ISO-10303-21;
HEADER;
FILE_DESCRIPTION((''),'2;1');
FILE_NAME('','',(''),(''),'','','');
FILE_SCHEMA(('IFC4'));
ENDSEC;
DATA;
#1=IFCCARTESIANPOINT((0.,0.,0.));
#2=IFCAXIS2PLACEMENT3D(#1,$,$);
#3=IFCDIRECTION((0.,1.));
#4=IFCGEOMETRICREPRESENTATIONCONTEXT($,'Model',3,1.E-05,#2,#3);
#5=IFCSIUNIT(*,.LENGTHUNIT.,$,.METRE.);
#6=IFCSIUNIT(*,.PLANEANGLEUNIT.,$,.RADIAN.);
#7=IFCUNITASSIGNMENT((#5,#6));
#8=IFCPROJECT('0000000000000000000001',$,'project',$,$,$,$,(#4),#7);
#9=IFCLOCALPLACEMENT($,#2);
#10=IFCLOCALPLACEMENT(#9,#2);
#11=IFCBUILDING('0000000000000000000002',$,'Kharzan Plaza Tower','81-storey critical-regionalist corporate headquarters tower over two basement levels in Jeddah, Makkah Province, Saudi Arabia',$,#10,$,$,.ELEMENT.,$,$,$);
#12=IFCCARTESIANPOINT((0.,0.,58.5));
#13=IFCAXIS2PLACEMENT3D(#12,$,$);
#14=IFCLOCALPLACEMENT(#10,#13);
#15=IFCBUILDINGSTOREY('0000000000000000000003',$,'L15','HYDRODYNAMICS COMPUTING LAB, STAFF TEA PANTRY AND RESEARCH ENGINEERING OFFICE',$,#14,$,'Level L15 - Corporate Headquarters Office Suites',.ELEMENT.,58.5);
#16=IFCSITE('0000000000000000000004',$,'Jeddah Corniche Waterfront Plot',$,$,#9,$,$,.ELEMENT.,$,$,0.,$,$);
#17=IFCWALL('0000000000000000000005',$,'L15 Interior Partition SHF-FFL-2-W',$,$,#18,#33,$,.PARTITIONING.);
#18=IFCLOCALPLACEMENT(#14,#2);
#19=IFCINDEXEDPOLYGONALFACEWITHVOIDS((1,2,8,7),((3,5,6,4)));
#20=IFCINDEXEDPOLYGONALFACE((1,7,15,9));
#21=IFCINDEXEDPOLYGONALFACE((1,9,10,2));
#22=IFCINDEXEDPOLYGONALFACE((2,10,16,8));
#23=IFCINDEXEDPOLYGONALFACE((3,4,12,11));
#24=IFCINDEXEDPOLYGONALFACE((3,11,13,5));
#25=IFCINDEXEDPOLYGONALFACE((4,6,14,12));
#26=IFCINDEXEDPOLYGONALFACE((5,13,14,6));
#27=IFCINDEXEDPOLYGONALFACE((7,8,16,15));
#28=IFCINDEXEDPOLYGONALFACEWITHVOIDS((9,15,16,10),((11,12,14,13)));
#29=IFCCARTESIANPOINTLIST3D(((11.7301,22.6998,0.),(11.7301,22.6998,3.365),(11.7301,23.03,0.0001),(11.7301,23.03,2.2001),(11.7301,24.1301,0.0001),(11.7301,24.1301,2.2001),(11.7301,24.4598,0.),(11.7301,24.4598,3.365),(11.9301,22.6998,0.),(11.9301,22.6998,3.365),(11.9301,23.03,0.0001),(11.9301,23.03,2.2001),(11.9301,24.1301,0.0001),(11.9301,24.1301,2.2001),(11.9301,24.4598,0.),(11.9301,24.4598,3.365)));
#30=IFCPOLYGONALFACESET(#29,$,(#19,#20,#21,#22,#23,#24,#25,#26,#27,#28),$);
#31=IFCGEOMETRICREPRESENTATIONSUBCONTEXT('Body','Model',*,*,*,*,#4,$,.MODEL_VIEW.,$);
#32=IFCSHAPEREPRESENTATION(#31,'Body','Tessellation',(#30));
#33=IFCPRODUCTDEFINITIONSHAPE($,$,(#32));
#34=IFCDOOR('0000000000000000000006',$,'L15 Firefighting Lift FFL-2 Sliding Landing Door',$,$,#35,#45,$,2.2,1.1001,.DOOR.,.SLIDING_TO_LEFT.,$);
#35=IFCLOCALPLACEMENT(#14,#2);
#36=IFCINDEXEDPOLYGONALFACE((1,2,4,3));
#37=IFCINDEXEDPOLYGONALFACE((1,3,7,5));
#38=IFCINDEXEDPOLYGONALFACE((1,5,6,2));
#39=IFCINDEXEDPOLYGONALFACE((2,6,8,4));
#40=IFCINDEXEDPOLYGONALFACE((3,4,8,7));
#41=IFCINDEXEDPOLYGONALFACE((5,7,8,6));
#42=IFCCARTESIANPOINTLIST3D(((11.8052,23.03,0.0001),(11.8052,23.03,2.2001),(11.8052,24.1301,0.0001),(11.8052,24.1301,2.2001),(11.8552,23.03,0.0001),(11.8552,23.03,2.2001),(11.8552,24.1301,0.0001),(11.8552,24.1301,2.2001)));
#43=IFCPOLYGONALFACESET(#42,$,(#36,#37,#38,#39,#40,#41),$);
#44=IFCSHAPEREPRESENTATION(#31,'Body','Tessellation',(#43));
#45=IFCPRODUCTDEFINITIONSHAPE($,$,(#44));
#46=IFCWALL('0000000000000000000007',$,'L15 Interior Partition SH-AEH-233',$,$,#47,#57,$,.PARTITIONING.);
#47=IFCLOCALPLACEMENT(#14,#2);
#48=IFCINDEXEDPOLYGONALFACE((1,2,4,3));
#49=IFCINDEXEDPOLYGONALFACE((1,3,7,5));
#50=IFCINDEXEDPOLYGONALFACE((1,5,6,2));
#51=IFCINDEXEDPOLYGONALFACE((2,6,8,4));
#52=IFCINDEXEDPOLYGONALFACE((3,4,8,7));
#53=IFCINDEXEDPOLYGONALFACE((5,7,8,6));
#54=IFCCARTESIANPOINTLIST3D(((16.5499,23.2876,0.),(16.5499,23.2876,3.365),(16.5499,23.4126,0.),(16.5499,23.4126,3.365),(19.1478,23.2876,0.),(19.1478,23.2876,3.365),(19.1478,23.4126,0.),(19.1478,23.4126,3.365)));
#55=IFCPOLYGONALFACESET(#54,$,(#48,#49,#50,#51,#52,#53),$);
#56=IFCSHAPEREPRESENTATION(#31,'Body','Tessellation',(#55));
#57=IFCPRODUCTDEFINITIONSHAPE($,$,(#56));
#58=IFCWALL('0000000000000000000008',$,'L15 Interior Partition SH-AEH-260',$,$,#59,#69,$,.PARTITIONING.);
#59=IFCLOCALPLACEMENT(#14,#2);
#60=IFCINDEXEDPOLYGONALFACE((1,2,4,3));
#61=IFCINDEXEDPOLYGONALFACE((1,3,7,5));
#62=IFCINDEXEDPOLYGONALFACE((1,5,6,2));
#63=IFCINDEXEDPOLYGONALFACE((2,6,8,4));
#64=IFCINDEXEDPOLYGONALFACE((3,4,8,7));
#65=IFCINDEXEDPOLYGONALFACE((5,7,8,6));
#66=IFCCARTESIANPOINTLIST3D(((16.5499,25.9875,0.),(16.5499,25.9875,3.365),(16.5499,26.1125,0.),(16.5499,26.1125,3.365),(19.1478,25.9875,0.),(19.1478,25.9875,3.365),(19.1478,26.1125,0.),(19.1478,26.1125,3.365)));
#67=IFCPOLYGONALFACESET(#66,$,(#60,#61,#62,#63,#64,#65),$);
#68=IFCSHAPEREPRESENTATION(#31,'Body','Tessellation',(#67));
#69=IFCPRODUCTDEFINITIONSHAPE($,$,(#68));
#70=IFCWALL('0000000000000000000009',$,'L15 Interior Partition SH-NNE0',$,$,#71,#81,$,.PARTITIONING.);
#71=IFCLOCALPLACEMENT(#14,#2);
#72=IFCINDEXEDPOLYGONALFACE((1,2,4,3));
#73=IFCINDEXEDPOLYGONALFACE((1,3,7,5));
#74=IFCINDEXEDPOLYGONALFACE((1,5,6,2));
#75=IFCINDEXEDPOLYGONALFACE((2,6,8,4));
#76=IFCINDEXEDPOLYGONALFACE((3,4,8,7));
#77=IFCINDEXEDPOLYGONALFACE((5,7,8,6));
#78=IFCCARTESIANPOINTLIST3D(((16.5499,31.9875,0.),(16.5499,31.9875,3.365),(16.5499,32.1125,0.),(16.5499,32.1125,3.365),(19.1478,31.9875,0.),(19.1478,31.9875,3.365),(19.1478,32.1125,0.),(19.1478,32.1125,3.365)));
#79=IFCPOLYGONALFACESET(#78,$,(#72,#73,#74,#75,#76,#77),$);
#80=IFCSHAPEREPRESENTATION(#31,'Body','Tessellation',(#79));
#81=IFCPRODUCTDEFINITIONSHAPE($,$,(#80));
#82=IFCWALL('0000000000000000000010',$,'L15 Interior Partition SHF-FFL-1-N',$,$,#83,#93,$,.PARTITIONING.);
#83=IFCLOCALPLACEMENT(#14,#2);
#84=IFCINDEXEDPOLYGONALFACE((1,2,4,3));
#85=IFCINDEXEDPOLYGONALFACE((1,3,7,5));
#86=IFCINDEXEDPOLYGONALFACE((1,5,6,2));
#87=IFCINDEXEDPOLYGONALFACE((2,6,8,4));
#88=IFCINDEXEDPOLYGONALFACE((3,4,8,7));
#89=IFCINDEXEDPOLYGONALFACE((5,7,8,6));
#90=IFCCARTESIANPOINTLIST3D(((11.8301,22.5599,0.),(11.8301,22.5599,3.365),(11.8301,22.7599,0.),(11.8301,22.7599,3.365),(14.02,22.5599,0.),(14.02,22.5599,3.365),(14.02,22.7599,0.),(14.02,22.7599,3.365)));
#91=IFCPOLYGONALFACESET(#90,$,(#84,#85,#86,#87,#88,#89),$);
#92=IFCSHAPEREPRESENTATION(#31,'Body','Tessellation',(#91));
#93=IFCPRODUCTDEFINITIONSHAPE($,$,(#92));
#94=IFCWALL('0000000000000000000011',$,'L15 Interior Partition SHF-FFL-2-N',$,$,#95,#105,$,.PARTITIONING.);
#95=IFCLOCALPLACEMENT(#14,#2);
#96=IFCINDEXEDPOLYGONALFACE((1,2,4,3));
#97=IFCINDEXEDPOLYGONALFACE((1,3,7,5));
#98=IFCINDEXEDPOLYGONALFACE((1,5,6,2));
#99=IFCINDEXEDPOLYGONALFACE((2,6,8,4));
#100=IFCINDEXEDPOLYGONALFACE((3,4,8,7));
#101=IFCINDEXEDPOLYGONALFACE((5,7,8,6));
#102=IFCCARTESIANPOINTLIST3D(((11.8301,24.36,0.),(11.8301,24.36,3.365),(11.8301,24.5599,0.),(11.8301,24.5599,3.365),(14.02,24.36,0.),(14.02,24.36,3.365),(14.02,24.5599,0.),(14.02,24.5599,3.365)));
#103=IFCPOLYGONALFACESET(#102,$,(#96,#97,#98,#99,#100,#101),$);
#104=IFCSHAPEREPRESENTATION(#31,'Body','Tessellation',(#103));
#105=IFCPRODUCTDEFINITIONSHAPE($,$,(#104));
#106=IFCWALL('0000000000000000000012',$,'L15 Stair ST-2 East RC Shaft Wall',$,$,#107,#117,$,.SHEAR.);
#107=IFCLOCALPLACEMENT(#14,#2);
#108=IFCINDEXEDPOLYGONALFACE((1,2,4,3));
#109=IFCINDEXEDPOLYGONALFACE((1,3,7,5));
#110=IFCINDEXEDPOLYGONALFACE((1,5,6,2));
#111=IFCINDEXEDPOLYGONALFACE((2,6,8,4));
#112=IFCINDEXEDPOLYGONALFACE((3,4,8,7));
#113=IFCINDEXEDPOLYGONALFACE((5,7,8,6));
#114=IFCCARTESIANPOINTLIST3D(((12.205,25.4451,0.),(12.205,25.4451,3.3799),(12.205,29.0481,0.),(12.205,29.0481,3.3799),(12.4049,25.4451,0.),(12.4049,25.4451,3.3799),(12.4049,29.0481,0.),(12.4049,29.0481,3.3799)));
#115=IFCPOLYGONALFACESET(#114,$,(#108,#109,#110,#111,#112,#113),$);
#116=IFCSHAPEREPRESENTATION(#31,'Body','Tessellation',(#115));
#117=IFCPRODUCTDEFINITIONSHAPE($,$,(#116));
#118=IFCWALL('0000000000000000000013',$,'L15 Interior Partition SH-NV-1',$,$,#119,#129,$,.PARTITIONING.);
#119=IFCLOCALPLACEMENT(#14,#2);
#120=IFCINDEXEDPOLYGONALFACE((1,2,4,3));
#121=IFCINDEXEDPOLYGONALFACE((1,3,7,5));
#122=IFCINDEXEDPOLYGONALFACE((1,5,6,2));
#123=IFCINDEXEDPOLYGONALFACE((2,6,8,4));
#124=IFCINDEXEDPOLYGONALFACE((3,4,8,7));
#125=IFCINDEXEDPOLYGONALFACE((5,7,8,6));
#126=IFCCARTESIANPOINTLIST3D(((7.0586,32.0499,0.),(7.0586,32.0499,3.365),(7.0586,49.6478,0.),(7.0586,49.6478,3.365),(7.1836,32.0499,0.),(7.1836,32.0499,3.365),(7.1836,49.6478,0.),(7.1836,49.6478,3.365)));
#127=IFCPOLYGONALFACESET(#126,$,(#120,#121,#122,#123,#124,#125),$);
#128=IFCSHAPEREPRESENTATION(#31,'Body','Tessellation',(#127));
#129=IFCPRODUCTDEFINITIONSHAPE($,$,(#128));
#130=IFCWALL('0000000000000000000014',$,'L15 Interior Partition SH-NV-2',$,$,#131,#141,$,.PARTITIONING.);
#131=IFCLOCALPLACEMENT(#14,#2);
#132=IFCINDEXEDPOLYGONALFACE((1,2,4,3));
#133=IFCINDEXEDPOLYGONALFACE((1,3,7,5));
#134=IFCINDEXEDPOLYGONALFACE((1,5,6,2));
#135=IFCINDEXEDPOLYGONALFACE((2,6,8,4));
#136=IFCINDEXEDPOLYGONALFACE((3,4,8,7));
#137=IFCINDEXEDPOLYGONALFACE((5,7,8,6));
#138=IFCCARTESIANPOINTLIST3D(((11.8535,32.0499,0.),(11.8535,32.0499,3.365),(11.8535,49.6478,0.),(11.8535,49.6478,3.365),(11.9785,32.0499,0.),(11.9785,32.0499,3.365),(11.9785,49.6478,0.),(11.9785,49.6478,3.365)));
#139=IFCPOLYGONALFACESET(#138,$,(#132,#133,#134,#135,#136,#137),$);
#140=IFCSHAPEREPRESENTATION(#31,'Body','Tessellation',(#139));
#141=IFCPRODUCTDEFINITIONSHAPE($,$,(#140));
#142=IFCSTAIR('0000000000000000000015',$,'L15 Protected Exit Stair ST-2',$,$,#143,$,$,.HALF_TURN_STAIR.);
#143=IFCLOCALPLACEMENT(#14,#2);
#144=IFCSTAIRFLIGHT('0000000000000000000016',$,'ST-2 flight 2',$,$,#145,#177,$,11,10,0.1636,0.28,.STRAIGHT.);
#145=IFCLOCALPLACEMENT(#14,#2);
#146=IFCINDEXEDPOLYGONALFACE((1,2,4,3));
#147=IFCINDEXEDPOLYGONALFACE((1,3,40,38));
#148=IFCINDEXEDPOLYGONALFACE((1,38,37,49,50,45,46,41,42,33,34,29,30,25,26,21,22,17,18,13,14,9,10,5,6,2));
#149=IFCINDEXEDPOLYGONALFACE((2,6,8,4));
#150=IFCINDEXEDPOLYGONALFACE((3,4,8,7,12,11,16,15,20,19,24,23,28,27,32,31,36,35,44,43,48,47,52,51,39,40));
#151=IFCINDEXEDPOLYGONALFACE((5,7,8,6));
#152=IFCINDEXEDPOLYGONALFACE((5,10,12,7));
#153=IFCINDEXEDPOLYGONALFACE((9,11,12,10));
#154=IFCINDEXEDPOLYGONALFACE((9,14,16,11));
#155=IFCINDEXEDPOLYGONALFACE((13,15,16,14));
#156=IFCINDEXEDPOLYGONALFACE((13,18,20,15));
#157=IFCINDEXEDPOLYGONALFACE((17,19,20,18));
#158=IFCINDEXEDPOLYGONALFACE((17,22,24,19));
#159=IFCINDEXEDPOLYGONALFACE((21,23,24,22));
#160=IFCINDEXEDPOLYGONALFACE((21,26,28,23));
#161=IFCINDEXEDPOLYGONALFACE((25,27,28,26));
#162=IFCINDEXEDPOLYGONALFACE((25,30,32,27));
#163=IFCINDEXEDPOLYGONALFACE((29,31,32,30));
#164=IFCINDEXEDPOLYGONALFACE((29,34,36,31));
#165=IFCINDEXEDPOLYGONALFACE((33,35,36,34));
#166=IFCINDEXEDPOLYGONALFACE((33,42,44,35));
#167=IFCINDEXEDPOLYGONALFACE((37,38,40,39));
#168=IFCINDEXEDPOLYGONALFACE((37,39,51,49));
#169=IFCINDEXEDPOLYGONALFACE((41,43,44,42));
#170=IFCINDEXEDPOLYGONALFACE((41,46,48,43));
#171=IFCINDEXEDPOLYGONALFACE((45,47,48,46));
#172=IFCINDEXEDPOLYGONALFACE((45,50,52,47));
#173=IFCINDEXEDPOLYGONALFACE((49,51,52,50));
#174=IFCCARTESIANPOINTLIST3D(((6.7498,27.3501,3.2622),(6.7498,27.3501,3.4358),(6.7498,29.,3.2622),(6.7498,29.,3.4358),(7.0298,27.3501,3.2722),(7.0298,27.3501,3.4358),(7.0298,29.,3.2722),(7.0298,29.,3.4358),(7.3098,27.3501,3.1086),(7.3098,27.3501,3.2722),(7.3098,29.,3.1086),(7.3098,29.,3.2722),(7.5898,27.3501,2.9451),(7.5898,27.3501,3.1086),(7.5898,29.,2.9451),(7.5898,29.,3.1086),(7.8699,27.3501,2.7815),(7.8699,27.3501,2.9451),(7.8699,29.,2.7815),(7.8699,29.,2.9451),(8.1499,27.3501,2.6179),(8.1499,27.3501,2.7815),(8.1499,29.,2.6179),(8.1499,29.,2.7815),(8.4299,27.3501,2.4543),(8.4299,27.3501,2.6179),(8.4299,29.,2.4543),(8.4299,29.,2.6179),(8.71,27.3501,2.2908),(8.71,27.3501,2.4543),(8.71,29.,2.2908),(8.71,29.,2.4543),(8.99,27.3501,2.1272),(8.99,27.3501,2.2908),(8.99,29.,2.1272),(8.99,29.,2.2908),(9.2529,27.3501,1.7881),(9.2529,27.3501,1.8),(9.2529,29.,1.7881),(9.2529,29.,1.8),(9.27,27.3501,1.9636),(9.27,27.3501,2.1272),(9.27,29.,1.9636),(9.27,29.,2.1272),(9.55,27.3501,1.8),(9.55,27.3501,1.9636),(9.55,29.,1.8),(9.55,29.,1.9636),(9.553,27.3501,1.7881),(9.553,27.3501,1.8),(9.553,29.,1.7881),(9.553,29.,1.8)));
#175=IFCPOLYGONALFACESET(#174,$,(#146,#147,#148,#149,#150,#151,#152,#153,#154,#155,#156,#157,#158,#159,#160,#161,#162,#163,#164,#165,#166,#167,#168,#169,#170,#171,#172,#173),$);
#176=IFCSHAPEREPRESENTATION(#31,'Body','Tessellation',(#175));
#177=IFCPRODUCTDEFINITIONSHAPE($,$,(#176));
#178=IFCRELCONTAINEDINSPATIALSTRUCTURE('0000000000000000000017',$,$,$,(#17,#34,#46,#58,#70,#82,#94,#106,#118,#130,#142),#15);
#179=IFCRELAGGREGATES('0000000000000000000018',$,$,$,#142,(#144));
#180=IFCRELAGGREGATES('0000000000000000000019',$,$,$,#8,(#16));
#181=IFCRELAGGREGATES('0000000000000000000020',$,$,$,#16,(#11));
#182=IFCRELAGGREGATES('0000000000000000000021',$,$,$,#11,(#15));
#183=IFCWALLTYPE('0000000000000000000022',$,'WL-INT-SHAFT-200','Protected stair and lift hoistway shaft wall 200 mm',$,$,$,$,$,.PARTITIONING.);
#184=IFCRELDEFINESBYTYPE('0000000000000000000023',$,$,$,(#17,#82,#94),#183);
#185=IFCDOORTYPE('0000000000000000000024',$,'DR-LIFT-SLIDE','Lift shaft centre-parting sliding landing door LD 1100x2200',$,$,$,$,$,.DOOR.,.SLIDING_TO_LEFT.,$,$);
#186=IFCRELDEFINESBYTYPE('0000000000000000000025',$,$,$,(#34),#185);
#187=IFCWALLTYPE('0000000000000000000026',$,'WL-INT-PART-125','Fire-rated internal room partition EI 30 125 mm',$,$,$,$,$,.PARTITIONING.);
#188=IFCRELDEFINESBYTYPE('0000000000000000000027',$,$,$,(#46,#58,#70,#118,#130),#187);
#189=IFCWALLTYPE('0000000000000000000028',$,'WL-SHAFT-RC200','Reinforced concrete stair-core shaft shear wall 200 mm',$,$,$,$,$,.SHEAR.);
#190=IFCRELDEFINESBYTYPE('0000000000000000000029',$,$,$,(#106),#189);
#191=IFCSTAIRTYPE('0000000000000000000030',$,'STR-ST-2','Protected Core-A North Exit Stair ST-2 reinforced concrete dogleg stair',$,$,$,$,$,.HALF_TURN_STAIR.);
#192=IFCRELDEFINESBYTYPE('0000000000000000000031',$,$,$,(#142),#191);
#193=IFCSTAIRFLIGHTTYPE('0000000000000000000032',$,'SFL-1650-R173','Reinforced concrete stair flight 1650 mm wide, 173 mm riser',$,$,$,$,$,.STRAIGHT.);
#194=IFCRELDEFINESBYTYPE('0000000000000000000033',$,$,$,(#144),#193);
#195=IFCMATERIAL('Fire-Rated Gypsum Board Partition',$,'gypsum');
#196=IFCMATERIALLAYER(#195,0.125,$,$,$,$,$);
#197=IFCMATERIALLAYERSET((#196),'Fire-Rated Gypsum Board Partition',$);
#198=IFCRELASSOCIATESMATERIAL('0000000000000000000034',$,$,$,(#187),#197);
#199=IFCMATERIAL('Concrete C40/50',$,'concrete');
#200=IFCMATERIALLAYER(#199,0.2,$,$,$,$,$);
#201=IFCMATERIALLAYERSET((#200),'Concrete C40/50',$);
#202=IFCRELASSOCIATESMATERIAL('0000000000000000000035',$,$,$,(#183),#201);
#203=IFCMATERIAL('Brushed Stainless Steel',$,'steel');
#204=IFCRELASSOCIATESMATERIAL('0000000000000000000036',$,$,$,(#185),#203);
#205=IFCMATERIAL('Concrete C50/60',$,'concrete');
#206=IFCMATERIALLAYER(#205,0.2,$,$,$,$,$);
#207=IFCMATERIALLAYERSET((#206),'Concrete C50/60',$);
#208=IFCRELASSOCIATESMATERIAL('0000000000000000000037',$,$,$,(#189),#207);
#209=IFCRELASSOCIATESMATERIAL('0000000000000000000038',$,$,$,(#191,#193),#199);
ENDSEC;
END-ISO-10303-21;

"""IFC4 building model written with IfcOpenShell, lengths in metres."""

from ifc_helpers import new_model, si_unit, direction, frame, frame_2d, origin, place, context, subcontext, project, spatial, polyline, rectangle, outline, extrude, source, transform, mapped, material, layer, layer_set, type_object, element, fill, aggregate, save


model = new_model("IFC4")

# Units and contexts
model_context = context("Model", 3, precision=1e-05, world=origin(), true_north=direction((0.0, 1.0)))
body_context = subcontext(model_context, "Body", "Model", "MODEL_VIEW")
ifc_project = project(units=[si_unit("LENGTHUNIT", "METRE"), si_unit("PLANEANGLEUNIT", "RADIAN")], contexts=[model_context])

# Site, building, storey
site_placement = place(None, origin())
site = spatial("IfcSite", under=ifc_project, at=site_placement, Name="Jeddah Corniche Waterfront Plot", CompositionType="ELEMENT", RefElevation=0.0)
building_placement = place(site_placement, origin())
building = spatial("IfcBuilding", under=site, at=building_placement, Name="Kharzan Plaza Tower", Description="81-storey critical-regionalist corporate headquarters tower over two basement levels in Jeddah, Makkah Province, Saudi Arabia", CompositionType="ELEMENT")
storey_placement = place(building_placement, frame((0.0, 0.0, 58.5)))
storey = spatial("IfcBuildingStorey", under=building, at=storey_placement, Name="L15", Description="HYDRODYNAMICS COMPUTING LAB, STAFF TEA PANTRY AND RESEARCH ENGINEERING OFFICE", LongName="Level L15 - Corporate Headquarters Office Suites", CompositionType="ELEMENT", Elevation=58.5)

# Wall, opening, door
ifc_material_1 = material(Name="Fire-Rated Gypsum Board Partition", Category="gypsum")
ifc_layer_1 = layer(ifc_material_1, 0.125)
ifc_layer_set_1 = layer_set([ifc_layer_1], Name="Fire-Rated Gypsum Board Partition")
wall_type_1 = type_object("IfcWallType", Name="WL-INT-PART-125", Description="Fire-rated internal room partition EI 30 125 mm", PredefinedType="PARTITIONING", material=ifc_layer_set_1)
ifc_material_2 = material(Name="Concrete C40/50", Category="concrete")
ifc_layer_2 = layer(ifc_material_2, 0.2)
ifc_layer_set_2 = layer_set([ifc_layer_2], Name="Concrete C40/50")
wall_type_2 = type_object("IfcWallType", Name="WL-INT-SHAFT-200", Description="Protected stair and lift hoistway shaft wall 200 mm", PredefinedType="PARTITIONING", material=ifc_layer_set_2)
wall_1_placement = place(storey_placement, frame((11.8301, 22.7, 0.0), z_axis=(0.0, 0.0, 1.0), x_axis=(0.0, 1.0, 0.0)))
wall_1 = element("IfcWall", 1, at=wall_1_placement, inside=storey, type_object=wall_type_2, Name="L15 Interior Partition SHF-FFL-2-W", PredefinedType="PARTITIONING", context=body_context, shape_type="SweptSolid", body=[
    extrude(rectangle(XDim=1.76, YDim=0.2, at=frame_2d((0.8799, 0.0))), origin(), (0.0, 0.0, 1.0), 3.365),
])
opening_1_placement = place(wall_1_placement, frame((0.3301, 0.0, 0.0)))
opening_1 = element("IfcOpeningElement", 2, at=opening_1_placement, cuts=wall_1, PredefinedType="OPENING", context=body_context, shape_type="SweptSolid", body=[
    extrude(rectangle(XDim=1.1001, YDim=2.2, at=frame_2d((0.55, 1.1001))), frame((0.0, 0.1099, 0.0), z_axis=(0.0, -1.0, 0.0), x_axis=(1.0, 0.0, 0.0)), (0.0, 0.0, 1.0), 0.22),
])
ifc_material_3 = material(Name="Brushed Stainless Steel", Category="steel")
door_type_1 = type_object("IfcDoorType", Name="DR-LIFT-SLIDE", Description="Lift shaft centre-parting sliding landing door LD 1100x2200", OperationType="SLIDING_TO_LEFT", PredefinedType="DOOR", material=ifc_material_3)
shared_shape_1 = source(origin(), body_context, "Body", "SweptSolid", [
    extrude(rectangle(XDim=1.1001, YDim=2.2, at=frame_2d((0.55, 1.1001))), frame((0.0, 0.0249, 0.0), z_axis=(0.0, -1.0, 0.0), x_axis=(1.0, 0.0, 0.0)), (0.0, 0.0, 1.0), 0.05),
])
door_1_placement = place(opening_1_placement, origin())
door_1 = element("IfcDoor", 3, at=door_1_placement, inside=storey, type_object=door_type_1, Name="L15 Firefighting Lift FFL-2 Sliding Landing Door", OperationType="SLIDING_TO_LEFT", OverallHeight=2.2, OverallWidth=1.1001, PredefinedType="DOOR", context=body_context, shape_type="MappedRepresentation", body=[
    mapped(shared_shape_1, transform((0.0, 0.0, 0.0), x_axis=(1.0, 0.0, 0.0), y_axis=(0.0, 1.0, 0.0), z_axis=(0.0, 0.0, 1.0))),
])
fill(opening_1, door_1)

# Walls
shared_shape_2 = source(origin(), body_context, "Body", "SweptSolid", [
    extrude(rectangle(XDim=2.5979, YDim=0.125, at=frame_2d((1.2988, 0.0))), origin(), (0.0, 0.0, 1.0), 3.365),
])
for number, where, z_axis, x_axis, name in (
    (4, (16.55, 23.3501, 0.0), (0.0, 0.0, 1.0), (1.0, 0.0, 0.0), "L15 Interior Partition SH-AEH-233"),
    (5, (16.55, 26.05, 0.0), (0.0, 0.0, 1.0), (1.0, 0.0, 0.0), "L15 Interior Partition SH-AEH-260"),
    (6, (16.55, 32.05, 0.0), (0.0, 0.0, 1.0), (1.0, 0.0, 0.0), "L15 Interior Partition SH-NNE0"),
):
    element("IfcWall", number, at=place(storey_placement, frame(where, z_axis=z_axis, x_axis=x_axis)), inside=storey, type_object=wall_type_1, Name=name, PredefinedType="PARTITIONING", context=body_context, shape_type="MappedRepresentation", body=[
        mapped(shared_shape_2, transform((0.0, 0.0, 0.0), x_axis=(1.0, 0.0, 0.0), y_axis=(0.0, 1.0, 0.0), z_axis=(0.0, 0.0, 1.0))),
    ])
shared_shape_3 = source(origin(), body_context, "Body", "SweptSolid", [
    extrude(rectangle(XDim=2.1899, YDim=0.2, at=frame_2d((1.095, 0.0))), origin(), (0.0, 0.0, 1.0), 3.365),
])
for number, where, z_axis, x_axis, name in (
    (7, (11.8301, 22.6599, 0.0), (0.0, 0.0, 1.0), (1.0, 0.0, 0.0), "L15 Interior Partition SHF-FFL-1-N"),
    (8, (11.8301, 24.46, 0.0), (0.0, 0.0, 1.0), (1.0, 0.0, 0.0), "L15 Interior Partition SHF-FFL-2-N"),
):
    element("IfcWall", number, at=place(storey_placement, frame(where, z_axis=z_axis, x_axis=x_axis)), inside=storey, type_object=wall_type_2, Name=name, PredefinedType="PARTITIONING", context=body_context, shape_type="MappedRepresentation", body=[
        mapped(shared_shape_3, transform((0.0, 0.0, 0.0), x_axis=(1.0, 0.0, 0.0), y_axis=(0.0, 1.0, 0.0), z_axis=(0.0, 0.0, 1.0))),
    ])
ifc_material_4 = material(Name="Concrete C50/60", Category="concrete")
ifc_layer_3 = layer(ifc_material_4, 0.2)
ifc_layer_set_3 = layer_set([ifc_layer_3], Name="Concrete C50/60")
wall_type_3 = type_object("IfcWallType", Name="WL-SHAFT-RC200", Description="Reinforced concrete stair-core shaft shear wall 200 mm", PredefinedType="SHEAR", material=ifc_layer_set_3)
shared_shape_4 = source(origin(), body_context, "Body", "SweptSolid", [
    extrude(rectangle(XDim=3.603, YDim=0.2, at=frame_2d((1.8015, 0.0))), origin(), (0.0, 0.0, 1.0), 3.3799),
])
wall_2_placement = place(storey_placement, frame((12.3049, 25.4451, 0.0), z_axis=(0.0, 0.0, 1.0), x_axis=(0.0, 1.0, 0.0)))
element("IfcWall", 9, at=wall_2_placement, inside=storey, type_object=wall_type_3, Name="L15 Stair ST-2 East RC Shaft Wall", PredefinedType="SHEAR", context=body_context, shape_type="MappedRepresentation", body=[
    mapped(shared_shape_4, transform((0.0, 0.0, 0.0), x_axis=(1.0, 0.0, 0.0), y_axis=(0.0, 1.0, 0.0), z_axis=(0.0, 0.0, 1.0))),
])
shared_shape_5 = source(origin(), body_context, "Body", "SweptSolid", [
    extrude(rectangle(XDim=17.5979, YDim=0.125, at=frame_2d((8.7988, 0.0))), origin(), (0.0, 0.0, 1.0), 3.365),
])
for number, where, z_axis, x_axis, name in (
    (10, (7.1211, 32.05, 0.0), (0.0, 0.0, 1.0), (0.0, 1.0, 0.0), "L15 Interior Partition SH-NV-1"),
    (11, (11.916, 32.05, 0.0), (0.0, 0.0, 1.0), (0.0, 1.0, 0.0), "L15 Interior Partition SH-NV-2"),
):
    element("IfcWall", number, at=place(storey_placement, frame(where, z_axis=z_axis, x_axis=x_axis)), inside=storey, type_object=wall_type_1, Name=name, PredefinedType="PARTITIONING", context=body_context, shape_type="MappedRepresentation", body=[
        mapped(shared_shape_5, transform((0.0, 0.0, 0.0), x_axis=(1.0, 0.0, 0.0), y_axis=(0.0, 1.0, 0.0), z_axis=(0.0, 0.0, 1.0))),
    ])

# Stair, stair flight
stair_type = type_object("IfcStairType", Name="STR-ST-2", Description="Protected Core-A North Exit Stair ST-2 reinforced concrete dogleg stair", PredefinedType="HALF_TURN_STAIR", material=ifc_material_2)
stair_placement = place(storey_placement, origin())
stair = element("IfcStair", 12, at=stair_placement, inside=storey, type_object=stair_type, Name="L15 Protected Exit Stair ST-2", PredefinedType="HALF_TURN_STAIR")
stair_flight_type = type_object("IfcStairFlightType", Name="SFL-1650-R173", Description="Reinforced concrete stair flight 1650 mm wide, 173 mm riser", PredefinedType="STRAIGHT", material=ifc_material_2)
shared_shape_6 = source(origin(), body_context, "Body", "SweptSolid", [
    extrude(outline(polyline([(-0.0029, -0.012), (-0.0029, 0.0), (0.0, 0.0), (0.0, 0.1636), (0.28, 0.1636), (0.28, 0.3271), (0.5601, 0.3271), (0.5601, 0.4907), (0.8401, 0.4907), (0.8401, 0.6543), (1.1201, 0.6543), (1.1201, 0.8179), (1.4001, 0.8179), (1.4001, 0.9814), (1.6802, 0.9814), (1.6802, 1.145), (1.9602, 1.145), (1.9602, 1.3086), (2.2402, 1.3086), (2.2402, 1.4722), (2.5203, 1.4722), (2.5203, 1.6357), (2.8003, 1.6357), (2.8003, 1.7993), (2.8003, 1.4622), (0.2971, 0.0), (0.2971, -0.012), (-0.0029, -0.012)])), frame((0.0, 0.825, 0.0), z_axis=(0.0, -1.0, 0.0), x_axis=(1.0, 0.0, 0.0)), (0.0, 0.0, 1.0), 1.6499),
])
stair_flight_placement = place(storey_placement, frame((9.55, 28.175, 1.8), z_axis=(0.0, 0.0, 1.0), x_axis=(-1.0, 0.0, 0.0)))
stair_flight = element("IfcStairFlight", 13, at=stair_flight_placement, type_object=stair_flight_type, Name="ST-2 flight 2", NumberOfRisers=11, NumberOfTreads=10, PredefinedType="STRAIGHT", RiserHeight=0.1636, TreadLength=0.28, context=body_context, shape_type="MappedRepresentation", body=[
    mapped(shared_shape_6, transform((0.0, 0.0, 0.0), x_axis=(1.0, 0.0, 0.0), y_axis=(0.0, 1.0, 0.0), z_axis=(0.0, 0.0, 1.0))),
])
aggregate(stair, [stair_flight])

save(model, "model.ifc")
